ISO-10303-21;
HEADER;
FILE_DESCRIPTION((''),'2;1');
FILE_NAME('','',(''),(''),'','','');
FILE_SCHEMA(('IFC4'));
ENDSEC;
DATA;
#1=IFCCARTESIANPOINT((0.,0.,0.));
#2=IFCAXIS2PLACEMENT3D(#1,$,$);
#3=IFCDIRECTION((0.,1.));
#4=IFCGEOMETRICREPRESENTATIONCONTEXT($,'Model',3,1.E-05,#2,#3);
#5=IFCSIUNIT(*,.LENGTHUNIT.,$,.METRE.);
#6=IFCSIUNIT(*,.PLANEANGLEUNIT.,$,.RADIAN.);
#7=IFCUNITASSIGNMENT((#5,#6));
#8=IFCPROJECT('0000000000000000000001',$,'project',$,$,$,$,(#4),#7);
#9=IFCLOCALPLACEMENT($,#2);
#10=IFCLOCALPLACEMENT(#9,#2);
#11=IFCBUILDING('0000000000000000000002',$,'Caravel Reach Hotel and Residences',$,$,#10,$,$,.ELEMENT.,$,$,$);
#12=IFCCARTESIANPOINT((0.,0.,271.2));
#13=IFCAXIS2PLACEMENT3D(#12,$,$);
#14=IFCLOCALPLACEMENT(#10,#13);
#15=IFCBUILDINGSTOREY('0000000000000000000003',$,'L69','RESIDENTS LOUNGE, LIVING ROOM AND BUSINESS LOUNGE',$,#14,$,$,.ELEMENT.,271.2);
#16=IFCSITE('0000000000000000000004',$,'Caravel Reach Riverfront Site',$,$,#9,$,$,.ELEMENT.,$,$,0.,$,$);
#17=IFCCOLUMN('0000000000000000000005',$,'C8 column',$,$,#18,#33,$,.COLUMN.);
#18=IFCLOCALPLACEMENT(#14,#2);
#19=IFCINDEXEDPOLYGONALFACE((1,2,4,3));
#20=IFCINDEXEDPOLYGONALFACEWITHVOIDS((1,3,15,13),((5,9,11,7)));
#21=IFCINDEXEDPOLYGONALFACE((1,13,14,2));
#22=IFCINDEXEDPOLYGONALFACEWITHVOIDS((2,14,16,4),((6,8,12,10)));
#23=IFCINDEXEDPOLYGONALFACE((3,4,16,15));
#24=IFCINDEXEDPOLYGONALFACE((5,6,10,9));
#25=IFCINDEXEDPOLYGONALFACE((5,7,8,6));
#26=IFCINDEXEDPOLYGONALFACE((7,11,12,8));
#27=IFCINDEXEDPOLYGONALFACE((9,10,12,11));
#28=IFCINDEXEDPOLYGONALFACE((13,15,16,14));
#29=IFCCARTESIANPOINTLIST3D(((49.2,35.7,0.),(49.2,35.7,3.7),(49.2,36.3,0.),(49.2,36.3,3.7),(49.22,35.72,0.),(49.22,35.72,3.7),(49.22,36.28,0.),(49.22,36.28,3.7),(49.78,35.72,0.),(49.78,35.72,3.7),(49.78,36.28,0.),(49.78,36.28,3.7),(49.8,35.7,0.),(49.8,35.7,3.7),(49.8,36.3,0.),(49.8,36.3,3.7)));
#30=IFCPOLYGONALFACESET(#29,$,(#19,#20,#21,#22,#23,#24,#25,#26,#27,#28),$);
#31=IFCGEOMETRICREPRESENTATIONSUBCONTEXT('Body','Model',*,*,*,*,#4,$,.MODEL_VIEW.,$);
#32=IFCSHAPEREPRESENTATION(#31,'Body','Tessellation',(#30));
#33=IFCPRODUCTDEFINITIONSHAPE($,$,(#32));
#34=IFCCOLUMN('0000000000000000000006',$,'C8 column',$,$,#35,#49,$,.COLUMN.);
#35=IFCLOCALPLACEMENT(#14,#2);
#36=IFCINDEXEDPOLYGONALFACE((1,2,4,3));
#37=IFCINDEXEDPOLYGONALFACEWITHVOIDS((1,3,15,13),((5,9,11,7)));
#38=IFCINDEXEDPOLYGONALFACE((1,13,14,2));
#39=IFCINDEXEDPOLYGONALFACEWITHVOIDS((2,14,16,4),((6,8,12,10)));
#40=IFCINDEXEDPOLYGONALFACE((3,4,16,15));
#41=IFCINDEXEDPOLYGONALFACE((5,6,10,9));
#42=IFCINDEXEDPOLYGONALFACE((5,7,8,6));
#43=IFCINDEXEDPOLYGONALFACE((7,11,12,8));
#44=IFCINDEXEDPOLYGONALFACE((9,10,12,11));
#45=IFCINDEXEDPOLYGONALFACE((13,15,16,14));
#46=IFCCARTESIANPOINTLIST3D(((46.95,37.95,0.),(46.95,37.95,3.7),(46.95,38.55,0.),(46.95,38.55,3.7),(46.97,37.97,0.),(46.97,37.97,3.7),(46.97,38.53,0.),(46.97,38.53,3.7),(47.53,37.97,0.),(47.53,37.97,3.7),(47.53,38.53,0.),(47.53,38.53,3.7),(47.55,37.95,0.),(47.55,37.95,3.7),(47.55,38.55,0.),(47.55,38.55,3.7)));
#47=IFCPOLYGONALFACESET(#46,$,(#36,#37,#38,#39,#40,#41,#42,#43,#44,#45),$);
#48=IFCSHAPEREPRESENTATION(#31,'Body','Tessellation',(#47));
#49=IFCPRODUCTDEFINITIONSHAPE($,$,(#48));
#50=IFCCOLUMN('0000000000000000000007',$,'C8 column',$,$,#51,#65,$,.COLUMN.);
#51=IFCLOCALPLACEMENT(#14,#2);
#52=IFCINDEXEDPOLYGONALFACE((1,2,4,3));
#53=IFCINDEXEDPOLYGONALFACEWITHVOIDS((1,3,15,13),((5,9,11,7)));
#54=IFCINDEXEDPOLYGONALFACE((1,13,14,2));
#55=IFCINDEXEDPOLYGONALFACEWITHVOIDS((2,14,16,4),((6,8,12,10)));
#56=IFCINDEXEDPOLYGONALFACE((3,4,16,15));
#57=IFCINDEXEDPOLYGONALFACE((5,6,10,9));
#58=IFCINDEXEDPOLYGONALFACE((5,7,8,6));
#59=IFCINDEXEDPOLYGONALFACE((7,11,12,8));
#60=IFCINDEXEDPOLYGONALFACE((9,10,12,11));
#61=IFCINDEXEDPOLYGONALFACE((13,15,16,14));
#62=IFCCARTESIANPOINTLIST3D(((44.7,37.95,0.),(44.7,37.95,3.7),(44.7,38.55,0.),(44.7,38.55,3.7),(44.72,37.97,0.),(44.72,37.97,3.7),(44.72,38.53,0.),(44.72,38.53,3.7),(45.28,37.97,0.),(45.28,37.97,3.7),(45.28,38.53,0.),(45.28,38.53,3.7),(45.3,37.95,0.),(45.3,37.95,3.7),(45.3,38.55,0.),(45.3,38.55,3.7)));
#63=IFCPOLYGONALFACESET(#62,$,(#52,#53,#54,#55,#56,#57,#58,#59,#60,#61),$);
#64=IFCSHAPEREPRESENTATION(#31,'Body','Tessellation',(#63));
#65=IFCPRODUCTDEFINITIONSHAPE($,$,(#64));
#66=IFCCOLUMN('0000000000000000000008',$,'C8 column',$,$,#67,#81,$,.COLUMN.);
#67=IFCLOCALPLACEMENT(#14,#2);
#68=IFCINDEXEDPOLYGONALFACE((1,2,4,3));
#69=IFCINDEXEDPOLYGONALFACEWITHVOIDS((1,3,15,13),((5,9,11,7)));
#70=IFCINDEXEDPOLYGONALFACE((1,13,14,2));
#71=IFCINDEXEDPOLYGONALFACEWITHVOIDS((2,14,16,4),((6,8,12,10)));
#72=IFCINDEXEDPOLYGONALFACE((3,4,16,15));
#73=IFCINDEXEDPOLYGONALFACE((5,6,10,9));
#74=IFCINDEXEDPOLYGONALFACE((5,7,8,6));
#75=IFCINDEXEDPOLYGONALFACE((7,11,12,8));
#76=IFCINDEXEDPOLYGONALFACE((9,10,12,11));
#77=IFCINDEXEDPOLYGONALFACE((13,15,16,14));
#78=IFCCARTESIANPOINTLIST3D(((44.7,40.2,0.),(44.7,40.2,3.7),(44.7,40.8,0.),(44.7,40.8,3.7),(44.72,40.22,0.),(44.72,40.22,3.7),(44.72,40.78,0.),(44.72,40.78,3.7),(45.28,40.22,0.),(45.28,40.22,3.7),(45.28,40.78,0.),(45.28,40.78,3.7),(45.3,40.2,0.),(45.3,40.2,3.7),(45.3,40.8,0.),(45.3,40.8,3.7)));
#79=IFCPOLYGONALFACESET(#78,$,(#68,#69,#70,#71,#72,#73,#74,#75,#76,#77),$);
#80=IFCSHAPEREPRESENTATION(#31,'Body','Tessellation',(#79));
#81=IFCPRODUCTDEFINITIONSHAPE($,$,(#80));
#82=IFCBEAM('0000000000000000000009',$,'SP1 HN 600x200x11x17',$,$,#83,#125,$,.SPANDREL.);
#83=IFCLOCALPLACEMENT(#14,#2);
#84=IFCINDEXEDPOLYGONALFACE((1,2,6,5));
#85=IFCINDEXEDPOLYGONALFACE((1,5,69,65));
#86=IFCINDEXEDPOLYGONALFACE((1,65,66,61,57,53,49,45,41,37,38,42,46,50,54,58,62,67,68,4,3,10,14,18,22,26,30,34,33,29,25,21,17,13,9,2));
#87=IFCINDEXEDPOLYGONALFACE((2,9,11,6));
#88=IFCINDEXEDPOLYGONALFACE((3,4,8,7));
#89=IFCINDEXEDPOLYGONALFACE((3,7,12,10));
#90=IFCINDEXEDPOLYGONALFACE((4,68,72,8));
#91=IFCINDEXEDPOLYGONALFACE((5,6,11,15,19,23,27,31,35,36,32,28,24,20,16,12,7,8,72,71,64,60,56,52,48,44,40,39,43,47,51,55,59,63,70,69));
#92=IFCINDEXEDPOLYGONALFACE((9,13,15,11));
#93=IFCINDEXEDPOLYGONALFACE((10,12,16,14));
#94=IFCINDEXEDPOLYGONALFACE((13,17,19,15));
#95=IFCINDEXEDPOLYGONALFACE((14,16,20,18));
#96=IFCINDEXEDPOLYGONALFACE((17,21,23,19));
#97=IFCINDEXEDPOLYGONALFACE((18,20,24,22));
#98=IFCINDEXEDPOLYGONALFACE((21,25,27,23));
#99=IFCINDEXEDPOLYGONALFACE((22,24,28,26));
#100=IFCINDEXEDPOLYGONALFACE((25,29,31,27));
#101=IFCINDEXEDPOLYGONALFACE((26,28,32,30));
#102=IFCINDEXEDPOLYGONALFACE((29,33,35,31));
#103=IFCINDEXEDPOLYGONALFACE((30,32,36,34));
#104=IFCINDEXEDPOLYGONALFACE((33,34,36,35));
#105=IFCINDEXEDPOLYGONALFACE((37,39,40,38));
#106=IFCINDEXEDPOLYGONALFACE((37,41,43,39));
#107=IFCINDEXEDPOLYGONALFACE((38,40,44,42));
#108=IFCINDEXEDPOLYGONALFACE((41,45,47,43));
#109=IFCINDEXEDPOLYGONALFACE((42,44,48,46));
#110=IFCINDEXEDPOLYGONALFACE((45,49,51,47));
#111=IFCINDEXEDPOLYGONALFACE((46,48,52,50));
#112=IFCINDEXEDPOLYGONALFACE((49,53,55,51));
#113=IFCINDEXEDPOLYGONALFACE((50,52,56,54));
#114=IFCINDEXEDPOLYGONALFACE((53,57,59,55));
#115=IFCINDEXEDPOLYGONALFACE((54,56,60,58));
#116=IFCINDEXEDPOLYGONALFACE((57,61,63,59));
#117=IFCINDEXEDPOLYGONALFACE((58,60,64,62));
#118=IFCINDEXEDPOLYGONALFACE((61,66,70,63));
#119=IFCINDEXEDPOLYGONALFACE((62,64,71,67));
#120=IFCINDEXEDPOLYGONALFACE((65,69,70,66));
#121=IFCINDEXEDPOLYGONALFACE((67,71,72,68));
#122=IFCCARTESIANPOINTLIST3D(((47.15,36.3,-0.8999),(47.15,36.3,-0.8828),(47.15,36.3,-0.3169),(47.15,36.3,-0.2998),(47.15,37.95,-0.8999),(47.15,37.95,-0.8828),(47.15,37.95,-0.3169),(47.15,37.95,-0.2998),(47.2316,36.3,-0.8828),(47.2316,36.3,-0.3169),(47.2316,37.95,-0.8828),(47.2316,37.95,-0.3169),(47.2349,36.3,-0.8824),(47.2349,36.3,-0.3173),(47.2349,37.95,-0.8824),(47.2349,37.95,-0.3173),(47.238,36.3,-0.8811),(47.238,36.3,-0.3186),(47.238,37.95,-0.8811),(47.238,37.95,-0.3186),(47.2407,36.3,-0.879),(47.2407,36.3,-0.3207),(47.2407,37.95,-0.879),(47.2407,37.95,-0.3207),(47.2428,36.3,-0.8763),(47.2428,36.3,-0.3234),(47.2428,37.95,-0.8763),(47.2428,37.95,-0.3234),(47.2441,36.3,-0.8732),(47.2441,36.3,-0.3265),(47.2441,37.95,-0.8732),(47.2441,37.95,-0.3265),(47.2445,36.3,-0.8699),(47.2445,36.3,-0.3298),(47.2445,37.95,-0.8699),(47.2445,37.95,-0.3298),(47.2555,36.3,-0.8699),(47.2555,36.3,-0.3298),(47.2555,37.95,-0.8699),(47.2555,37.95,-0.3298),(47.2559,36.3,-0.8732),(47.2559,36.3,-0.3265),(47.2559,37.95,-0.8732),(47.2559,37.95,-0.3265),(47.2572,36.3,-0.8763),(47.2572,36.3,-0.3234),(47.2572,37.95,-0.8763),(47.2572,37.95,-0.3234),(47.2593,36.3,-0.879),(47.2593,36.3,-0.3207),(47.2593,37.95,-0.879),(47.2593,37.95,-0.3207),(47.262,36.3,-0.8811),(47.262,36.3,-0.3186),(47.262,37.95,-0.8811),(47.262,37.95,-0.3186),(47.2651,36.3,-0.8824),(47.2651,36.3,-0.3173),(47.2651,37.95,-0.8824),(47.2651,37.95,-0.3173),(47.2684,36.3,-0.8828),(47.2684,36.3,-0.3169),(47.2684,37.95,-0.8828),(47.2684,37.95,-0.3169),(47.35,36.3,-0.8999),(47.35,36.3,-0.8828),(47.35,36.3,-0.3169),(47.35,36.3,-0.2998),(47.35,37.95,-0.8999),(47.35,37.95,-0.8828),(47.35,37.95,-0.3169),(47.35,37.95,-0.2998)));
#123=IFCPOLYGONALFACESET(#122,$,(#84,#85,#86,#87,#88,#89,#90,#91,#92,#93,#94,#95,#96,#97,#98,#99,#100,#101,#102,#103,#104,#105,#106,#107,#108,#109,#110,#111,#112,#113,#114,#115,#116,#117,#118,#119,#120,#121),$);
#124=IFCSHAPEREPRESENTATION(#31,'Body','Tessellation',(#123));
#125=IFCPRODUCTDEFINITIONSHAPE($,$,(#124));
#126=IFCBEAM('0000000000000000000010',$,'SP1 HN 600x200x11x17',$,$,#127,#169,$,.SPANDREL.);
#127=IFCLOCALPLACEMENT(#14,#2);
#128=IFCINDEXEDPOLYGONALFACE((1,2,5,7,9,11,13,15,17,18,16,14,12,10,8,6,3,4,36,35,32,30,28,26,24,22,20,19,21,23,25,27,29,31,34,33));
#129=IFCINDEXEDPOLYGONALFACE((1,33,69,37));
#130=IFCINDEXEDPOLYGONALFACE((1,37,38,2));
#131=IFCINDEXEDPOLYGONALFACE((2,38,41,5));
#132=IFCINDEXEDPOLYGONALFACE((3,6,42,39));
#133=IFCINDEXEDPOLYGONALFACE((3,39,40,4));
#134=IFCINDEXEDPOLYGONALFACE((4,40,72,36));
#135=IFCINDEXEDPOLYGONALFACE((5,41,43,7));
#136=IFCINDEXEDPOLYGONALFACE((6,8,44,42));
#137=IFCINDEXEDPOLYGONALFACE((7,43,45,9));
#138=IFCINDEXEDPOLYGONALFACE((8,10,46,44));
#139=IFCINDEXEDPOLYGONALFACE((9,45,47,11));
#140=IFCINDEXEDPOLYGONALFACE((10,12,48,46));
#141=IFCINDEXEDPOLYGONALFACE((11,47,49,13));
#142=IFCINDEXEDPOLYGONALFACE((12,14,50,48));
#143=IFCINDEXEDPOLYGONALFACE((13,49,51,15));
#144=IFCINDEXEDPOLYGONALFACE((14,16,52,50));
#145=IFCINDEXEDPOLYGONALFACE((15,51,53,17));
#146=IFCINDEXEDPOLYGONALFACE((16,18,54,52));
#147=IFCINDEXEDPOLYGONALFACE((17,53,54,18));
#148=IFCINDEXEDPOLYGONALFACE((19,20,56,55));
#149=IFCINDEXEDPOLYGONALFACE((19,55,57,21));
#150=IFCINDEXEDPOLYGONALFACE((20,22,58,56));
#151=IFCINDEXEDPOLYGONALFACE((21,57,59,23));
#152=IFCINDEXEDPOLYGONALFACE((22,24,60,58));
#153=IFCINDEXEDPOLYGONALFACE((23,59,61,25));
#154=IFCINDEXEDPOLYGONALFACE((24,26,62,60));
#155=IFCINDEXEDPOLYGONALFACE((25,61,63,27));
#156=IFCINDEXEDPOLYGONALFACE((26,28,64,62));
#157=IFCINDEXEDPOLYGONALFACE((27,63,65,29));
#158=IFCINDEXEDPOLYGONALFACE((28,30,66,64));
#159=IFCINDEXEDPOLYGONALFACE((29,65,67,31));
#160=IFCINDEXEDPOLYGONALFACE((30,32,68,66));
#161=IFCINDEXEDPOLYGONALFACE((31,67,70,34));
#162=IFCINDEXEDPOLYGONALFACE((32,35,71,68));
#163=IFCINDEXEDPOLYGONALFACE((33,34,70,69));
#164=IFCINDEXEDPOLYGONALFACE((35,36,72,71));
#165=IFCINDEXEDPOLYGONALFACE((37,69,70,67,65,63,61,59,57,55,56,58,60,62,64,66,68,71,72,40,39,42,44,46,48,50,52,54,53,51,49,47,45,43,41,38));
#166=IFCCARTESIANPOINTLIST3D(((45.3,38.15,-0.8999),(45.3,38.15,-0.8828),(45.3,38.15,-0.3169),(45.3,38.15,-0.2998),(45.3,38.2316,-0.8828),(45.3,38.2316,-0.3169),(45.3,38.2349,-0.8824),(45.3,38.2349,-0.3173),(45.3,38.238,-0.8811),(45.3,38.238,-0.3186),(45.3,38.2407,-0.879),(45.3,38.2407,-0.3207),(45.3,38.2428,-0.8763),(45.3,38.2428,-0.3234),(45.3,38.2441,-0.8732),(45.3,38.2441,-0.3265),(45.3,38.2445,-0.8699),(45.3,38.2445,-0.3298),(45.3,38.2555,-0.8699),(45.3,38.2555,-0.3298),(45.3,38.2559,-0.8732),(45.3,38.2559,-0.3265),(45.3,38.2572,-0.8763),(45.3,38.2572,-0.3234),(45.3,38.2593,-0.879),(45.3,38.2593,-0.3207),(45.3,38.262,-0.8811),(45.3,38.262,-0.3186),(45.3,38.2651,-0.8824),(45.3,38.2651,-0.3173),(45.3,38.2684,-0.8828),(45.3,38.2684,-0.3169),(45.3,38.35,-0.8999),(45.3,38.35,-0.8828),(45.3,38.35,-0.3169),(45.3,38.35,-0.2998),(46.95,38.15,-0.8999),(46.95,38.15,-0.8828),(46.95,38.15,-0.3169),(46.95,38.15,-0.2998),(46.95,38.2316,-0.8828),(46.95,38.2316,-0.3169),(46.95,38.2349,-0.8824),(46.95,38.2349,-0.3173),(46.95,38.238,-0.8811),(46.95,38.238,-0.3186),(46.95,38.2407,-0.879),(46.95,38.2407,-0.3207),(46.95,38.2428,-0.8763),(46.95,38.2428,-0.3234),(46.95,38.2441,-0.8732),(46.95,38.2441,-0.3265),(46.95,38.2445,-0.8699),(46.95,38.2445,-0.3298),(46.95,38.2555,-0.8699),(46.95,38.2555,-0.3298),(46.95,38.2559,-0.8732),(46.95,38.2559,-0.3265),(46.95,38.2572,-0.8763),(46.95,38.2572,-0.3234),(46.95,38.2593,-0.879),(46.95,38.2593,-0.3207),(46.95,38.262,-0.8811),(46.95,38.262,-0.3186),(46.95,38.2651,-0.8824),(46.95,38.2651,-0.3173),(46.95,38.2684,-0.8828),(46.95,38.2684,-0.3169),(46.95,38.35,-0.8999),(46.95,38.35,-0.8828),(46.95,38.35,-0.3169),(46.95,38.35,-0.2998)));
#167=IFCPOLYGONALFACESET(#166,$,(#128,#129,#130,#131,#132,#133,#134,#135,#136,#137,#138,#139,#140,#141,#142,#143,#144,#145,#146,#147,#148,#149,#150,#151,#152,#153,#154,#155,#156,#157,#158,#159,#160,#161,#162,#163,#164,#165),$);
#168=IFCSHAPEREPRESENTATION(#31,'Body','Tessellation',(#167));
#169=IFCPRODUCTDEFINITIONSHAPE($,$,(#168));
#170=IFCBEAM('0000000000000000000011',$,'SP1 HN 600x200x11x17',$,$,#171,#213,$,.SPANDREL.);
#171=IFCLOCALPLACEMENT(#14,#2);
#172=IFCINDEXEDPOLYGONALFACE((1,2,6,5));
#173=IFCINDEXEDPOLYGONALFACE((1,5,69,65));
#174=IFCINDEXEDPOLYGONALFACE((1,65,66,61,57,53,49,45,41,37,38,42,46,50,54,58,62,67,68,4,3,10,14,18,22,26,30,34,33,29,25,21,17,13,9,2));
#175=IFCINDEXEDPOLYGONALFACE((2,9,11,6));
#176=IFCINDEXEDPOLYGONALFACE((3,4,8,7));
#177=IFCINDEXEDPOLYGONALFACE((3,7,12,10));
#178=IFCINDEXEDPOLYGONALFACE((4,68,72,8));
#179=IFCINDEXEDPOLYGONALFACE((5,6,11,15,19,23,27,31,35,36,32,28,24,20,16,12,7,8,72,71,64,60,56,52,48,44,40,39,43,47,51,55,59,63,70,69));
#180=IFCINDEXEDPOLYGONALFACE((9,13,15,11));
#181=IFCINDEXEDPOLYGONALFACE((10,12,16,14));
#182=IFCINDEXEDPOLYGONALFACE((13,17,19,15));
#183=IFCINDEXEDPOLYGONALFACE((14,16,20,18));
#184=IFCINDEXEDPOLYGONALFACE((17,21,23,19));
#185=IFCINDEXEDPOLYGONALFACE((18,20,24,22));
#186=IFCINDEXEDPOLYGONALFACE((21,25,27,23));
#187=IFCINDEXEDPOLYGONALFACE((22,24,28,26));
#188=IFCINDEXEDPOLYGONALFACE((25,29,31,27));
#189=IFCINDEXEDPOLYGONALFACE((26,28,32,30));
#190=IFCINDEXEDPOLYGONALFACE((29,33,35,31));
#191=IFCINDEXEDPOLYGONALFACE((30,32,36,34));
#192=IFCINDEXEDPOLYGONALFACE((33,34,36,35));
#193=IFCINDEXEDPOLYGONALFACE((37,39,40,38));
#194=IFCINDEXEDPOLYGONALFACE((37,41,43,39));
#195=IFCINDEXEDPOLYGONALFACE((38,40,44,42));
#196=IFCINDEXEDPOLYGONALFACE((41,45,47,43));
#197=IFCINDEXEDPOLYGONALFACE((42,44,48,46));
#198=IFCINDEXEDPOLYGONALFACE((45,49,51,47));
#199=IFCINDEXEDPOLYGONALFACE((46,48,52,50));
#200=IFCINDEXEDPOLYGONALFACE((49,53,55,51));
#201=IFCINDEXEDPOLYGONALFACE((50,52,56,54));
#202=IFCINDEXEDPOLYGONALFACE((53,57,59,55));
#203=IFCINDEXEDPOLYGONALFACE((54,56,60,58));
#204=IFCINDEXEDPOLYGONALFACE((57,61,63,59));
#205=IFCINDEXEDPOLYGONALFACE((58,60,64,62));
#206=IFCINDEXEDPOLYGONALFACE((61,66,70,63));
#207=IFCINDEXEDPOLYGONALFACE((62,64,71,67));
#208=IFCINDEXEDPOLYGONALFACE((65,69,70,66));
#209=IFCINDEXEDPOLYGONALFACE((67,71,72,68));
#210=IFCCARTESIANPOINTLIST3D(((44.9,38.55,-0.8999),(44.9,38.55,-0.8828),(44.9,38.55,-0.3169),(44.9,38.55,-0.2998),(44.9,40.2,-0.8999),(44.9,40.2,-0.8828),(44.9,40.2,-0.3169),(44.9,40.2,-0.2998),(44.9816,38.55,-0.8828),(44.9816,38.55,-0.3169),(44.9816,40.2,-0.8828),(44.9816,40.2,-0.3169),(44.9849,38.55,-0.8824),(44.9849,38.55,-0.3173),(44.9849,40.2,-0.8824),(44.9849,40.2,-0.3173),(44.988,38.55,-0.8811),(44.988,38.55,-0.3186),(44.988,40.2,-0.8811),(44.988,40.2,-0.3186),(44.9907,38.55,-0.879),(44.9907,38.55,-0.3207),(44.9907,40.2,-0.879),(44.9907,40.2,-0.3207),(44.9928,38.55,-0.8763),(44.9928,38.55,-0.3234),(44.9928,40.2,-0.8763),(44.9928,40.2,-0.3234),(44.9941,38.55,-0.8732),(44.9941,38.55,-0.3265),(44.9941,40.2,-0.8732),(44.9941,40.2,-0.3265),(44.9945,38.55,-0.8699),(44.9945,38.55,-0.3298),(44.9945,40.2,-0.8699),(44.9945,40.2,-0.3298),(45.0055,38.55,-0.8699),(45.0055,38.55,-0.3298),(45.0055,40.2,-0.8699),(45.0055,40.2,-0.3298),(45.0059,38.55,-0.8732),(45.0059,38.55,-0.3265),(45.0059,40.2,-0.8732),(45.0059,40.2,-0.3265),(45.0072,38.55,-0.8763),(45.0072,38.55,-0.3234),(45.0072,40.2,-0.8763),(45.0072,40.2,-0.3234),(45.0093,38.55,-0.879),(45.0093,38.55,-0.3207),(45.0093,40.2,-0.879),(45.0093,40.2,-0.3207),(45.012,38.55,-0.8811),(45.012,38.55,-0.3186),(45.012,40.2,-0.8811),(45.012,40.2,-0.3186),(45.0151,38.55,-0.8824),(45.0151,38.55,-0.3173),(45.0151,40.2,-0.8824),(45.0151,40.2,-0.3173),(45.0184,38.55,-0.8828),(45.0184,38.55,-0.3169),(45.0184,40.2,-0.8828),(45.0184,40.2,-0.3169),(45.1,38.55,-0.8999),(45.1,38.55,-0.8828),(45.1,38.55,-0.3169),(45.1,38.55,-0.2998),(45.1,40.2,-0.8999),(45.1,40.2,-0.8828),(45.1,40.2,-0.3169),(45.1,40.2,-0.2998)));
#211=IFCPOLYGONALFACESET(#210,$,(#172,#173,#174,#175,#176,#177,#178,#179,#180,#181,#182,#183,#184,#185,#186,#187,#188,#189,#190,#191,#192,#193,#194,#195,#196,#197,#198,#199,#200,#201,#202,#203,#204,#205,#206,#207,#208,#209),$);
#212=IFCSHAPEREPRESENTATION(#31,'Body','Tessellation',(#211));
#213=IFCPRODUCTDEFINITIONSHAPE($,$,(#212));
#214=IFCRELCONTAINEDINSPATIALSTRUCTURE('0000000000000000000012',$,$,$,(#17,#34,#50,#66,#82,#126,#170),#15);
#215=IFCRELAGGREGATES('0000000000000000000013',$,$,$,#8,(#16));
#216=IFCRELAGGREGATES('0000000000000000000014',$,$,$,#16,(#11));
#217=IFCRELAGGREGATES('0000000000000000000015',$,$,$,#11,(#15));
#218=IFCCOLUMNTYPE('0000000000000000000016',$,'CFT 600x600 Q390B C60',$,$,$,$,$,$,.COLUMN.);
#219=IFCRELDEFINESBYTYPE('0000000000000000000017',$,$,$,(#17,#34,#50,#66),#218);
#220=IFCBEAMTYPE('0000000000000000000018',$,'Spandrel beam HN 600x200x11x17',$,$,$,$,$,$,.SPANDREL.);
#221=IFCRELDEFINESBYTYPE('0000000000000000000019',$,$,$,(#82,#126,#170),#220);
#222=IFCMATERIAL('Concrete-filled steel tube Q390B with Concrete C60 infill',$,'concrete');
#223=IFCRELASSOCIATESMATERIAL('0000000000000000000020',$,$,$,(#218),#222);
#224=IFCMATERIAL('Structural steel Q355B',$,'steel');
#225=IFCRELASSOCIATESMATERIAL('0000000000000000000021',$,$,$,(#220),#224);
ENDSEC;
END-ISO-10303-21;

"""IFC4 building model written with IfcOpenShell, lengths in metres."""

from ifc_helpers import new_model, si_unit, direction, frame, origin, origin_2d, place, context, subcontext, project, spatial, hollow_rectangle, i_section, extrude, material, material_profile, profile_set, type_object, element, save


model = new_model("IFC4")

# Units and contexts
model_context = context("Model", 3, precision=1e-05, world=origin(), true_north=direction((0.0, 1.0)))
body_context = subcontext(model_context, "Body", "Model", "MODEL_VIEW")
ifc_project = project(units=[si_unit("LENGTHUNIT", "METRE"), si_unit("PLANEANGLEUNIT", "RADIAN")], contexts=[model_context])

# Site, building, storey
site_placement = place(None, origin())
site = spatial("IfcSite", under=ifc_project, at=site_placement, Name="Caravel Reach Riverfront Site", CompositionType="ELEMENT", RefElevation=0.0)
building_placement = place(site_placement, origin())
building = spatial("IfcBuilding", under=site, at=building_placement, Name="Caravel Reach Hotel and Residences", CompositionType="ELEMENT")
storey_placement = place(building_placement, frame((0.0, 0.0, 271.2)))
storey = spatial("IfcBuildingStorey", under=building, at=storey_placement, Name="L69", Description="RESIDENTS LOUNGE, LIVING ROOM AND BUSINESS LOUNGE", CompositionType="ELEMENT", Elevation=271.2)

# Columns
ifc_material_1 = material(Name="Concrete-filled steel tube Q390B with Concrete C60 infill", Category="concrete")
ifc_material_profile_1 = material_profile(ifc_material_1, hollow_rectangle(XDim=0.6001, YDim=0.6001, WallThickness=0.02, at=origin_2d()), Name="RHS 600x600x20")
ifc_profile_set_1 = profile_set([ifc_material_profile_1], Name="Concrete-filled steel tube Q390B with Concrete C60 infill")
column_type = type_object("IfcColumnType", Name="CFT 600x600 Q390B C60", PredefinedType="COLUMN", material=ifc_profile_set_1)
for number, where, z_axis, x_axis, name in (
    (1, (49.5, 36.0, 0.0), (0.0, 0.0, 1.0), (1.0, 0.0, 0.0), "C8 column"),
    (2, (47.25, 38.25, 0.0), (0.0, 0.0, 1.0), (1.0, 0.0, 0.0), "C8 column"),
    (3, (45.0, 38.25, 0.0), (0.0, 0.0, 1.0), (1.0, 0.0, 0.0), "C8 column"),
    (4, (45.0, 40.5, 0.0), (0.0, 0.0, 1.0), (1.0, 0.0, 0.0), "C8 column"),
):
    element("IfcColumn", number, at=place(storey_placement, frame(where, z_axis=z_axis, x_axis=x_axis)), inside=storey, type_object=column_type, Name=name, PredefinedType="COLUMN", context=body_context, shape_type="SweptSolid", body=[
        extrude(hollow_rectangle(XDim=0.6001, YDim=0.6001, WallThickness=0.02, at=origin_2d()), origin(), (0.0, 0.0, 1.0), 3.7),
    ])

# Beams
ifc_material_2 = material(Name="Structural steel Q355B", Category="steel")
ifc_material_profile_2 = material_profile(ifc_material_2, i_section(OverallWidth=0.2, OverallDepth=0.6001, WebThickness=0.011, FlangeThickness=0.0171, FilletRadius=0.0129, at=origin_2d()), Name="HN 600x200x11x17")
ifc_profile_set_2 = profile_set([ifc_material_profile_2], Name="Structural steel Q355B")
beam_type = type_object("IfcBeamType", Name="Spandrel beam HN 600x200x11x17", PredefinedType="SPANDREL", material=ifc_profile_set_2)
for number, where, z_axis, x_axis, name in (
    (5, (47.25, 36.3, -0.5999), (0.0, 1.0, 0.0), (-1.0, 0.0, 0.0), "SP1 HN 600x200x11x17"),
    (6, (46.95, 38.25, -0.5999), (-1.0, 0.0, 0.0), (0.0, -1.0, 0.0), "SP1 HN 600x200x11x17"),
    (7, (45.0, 38.55, -0.5999), (0.0, 1.0, 0.0), (-1.0, 0.0, 0.0), "SP1 HN 600x200x11x17"),
):
    element("IfcBeam", number, at=place(storey_placement, frame(where, z_axis=z_axis, x_axis=x_axis)), inside=storey, type_object=beam_type, Name=name, PredefinedType="SPANDREL", context=body_context, shape_type="SweptSolid", body=[
        extrude(i_section(OverallWidth=0.2, OverallDepth=0.6001, WebThickness=0.011, FlangeThickness=0.0171, FilletRadius=0.0129, at=origin_2d()), origin(), (0.0, 0.0, 1.0), 1.6499),
    ])

save(model, "model.ifc")
